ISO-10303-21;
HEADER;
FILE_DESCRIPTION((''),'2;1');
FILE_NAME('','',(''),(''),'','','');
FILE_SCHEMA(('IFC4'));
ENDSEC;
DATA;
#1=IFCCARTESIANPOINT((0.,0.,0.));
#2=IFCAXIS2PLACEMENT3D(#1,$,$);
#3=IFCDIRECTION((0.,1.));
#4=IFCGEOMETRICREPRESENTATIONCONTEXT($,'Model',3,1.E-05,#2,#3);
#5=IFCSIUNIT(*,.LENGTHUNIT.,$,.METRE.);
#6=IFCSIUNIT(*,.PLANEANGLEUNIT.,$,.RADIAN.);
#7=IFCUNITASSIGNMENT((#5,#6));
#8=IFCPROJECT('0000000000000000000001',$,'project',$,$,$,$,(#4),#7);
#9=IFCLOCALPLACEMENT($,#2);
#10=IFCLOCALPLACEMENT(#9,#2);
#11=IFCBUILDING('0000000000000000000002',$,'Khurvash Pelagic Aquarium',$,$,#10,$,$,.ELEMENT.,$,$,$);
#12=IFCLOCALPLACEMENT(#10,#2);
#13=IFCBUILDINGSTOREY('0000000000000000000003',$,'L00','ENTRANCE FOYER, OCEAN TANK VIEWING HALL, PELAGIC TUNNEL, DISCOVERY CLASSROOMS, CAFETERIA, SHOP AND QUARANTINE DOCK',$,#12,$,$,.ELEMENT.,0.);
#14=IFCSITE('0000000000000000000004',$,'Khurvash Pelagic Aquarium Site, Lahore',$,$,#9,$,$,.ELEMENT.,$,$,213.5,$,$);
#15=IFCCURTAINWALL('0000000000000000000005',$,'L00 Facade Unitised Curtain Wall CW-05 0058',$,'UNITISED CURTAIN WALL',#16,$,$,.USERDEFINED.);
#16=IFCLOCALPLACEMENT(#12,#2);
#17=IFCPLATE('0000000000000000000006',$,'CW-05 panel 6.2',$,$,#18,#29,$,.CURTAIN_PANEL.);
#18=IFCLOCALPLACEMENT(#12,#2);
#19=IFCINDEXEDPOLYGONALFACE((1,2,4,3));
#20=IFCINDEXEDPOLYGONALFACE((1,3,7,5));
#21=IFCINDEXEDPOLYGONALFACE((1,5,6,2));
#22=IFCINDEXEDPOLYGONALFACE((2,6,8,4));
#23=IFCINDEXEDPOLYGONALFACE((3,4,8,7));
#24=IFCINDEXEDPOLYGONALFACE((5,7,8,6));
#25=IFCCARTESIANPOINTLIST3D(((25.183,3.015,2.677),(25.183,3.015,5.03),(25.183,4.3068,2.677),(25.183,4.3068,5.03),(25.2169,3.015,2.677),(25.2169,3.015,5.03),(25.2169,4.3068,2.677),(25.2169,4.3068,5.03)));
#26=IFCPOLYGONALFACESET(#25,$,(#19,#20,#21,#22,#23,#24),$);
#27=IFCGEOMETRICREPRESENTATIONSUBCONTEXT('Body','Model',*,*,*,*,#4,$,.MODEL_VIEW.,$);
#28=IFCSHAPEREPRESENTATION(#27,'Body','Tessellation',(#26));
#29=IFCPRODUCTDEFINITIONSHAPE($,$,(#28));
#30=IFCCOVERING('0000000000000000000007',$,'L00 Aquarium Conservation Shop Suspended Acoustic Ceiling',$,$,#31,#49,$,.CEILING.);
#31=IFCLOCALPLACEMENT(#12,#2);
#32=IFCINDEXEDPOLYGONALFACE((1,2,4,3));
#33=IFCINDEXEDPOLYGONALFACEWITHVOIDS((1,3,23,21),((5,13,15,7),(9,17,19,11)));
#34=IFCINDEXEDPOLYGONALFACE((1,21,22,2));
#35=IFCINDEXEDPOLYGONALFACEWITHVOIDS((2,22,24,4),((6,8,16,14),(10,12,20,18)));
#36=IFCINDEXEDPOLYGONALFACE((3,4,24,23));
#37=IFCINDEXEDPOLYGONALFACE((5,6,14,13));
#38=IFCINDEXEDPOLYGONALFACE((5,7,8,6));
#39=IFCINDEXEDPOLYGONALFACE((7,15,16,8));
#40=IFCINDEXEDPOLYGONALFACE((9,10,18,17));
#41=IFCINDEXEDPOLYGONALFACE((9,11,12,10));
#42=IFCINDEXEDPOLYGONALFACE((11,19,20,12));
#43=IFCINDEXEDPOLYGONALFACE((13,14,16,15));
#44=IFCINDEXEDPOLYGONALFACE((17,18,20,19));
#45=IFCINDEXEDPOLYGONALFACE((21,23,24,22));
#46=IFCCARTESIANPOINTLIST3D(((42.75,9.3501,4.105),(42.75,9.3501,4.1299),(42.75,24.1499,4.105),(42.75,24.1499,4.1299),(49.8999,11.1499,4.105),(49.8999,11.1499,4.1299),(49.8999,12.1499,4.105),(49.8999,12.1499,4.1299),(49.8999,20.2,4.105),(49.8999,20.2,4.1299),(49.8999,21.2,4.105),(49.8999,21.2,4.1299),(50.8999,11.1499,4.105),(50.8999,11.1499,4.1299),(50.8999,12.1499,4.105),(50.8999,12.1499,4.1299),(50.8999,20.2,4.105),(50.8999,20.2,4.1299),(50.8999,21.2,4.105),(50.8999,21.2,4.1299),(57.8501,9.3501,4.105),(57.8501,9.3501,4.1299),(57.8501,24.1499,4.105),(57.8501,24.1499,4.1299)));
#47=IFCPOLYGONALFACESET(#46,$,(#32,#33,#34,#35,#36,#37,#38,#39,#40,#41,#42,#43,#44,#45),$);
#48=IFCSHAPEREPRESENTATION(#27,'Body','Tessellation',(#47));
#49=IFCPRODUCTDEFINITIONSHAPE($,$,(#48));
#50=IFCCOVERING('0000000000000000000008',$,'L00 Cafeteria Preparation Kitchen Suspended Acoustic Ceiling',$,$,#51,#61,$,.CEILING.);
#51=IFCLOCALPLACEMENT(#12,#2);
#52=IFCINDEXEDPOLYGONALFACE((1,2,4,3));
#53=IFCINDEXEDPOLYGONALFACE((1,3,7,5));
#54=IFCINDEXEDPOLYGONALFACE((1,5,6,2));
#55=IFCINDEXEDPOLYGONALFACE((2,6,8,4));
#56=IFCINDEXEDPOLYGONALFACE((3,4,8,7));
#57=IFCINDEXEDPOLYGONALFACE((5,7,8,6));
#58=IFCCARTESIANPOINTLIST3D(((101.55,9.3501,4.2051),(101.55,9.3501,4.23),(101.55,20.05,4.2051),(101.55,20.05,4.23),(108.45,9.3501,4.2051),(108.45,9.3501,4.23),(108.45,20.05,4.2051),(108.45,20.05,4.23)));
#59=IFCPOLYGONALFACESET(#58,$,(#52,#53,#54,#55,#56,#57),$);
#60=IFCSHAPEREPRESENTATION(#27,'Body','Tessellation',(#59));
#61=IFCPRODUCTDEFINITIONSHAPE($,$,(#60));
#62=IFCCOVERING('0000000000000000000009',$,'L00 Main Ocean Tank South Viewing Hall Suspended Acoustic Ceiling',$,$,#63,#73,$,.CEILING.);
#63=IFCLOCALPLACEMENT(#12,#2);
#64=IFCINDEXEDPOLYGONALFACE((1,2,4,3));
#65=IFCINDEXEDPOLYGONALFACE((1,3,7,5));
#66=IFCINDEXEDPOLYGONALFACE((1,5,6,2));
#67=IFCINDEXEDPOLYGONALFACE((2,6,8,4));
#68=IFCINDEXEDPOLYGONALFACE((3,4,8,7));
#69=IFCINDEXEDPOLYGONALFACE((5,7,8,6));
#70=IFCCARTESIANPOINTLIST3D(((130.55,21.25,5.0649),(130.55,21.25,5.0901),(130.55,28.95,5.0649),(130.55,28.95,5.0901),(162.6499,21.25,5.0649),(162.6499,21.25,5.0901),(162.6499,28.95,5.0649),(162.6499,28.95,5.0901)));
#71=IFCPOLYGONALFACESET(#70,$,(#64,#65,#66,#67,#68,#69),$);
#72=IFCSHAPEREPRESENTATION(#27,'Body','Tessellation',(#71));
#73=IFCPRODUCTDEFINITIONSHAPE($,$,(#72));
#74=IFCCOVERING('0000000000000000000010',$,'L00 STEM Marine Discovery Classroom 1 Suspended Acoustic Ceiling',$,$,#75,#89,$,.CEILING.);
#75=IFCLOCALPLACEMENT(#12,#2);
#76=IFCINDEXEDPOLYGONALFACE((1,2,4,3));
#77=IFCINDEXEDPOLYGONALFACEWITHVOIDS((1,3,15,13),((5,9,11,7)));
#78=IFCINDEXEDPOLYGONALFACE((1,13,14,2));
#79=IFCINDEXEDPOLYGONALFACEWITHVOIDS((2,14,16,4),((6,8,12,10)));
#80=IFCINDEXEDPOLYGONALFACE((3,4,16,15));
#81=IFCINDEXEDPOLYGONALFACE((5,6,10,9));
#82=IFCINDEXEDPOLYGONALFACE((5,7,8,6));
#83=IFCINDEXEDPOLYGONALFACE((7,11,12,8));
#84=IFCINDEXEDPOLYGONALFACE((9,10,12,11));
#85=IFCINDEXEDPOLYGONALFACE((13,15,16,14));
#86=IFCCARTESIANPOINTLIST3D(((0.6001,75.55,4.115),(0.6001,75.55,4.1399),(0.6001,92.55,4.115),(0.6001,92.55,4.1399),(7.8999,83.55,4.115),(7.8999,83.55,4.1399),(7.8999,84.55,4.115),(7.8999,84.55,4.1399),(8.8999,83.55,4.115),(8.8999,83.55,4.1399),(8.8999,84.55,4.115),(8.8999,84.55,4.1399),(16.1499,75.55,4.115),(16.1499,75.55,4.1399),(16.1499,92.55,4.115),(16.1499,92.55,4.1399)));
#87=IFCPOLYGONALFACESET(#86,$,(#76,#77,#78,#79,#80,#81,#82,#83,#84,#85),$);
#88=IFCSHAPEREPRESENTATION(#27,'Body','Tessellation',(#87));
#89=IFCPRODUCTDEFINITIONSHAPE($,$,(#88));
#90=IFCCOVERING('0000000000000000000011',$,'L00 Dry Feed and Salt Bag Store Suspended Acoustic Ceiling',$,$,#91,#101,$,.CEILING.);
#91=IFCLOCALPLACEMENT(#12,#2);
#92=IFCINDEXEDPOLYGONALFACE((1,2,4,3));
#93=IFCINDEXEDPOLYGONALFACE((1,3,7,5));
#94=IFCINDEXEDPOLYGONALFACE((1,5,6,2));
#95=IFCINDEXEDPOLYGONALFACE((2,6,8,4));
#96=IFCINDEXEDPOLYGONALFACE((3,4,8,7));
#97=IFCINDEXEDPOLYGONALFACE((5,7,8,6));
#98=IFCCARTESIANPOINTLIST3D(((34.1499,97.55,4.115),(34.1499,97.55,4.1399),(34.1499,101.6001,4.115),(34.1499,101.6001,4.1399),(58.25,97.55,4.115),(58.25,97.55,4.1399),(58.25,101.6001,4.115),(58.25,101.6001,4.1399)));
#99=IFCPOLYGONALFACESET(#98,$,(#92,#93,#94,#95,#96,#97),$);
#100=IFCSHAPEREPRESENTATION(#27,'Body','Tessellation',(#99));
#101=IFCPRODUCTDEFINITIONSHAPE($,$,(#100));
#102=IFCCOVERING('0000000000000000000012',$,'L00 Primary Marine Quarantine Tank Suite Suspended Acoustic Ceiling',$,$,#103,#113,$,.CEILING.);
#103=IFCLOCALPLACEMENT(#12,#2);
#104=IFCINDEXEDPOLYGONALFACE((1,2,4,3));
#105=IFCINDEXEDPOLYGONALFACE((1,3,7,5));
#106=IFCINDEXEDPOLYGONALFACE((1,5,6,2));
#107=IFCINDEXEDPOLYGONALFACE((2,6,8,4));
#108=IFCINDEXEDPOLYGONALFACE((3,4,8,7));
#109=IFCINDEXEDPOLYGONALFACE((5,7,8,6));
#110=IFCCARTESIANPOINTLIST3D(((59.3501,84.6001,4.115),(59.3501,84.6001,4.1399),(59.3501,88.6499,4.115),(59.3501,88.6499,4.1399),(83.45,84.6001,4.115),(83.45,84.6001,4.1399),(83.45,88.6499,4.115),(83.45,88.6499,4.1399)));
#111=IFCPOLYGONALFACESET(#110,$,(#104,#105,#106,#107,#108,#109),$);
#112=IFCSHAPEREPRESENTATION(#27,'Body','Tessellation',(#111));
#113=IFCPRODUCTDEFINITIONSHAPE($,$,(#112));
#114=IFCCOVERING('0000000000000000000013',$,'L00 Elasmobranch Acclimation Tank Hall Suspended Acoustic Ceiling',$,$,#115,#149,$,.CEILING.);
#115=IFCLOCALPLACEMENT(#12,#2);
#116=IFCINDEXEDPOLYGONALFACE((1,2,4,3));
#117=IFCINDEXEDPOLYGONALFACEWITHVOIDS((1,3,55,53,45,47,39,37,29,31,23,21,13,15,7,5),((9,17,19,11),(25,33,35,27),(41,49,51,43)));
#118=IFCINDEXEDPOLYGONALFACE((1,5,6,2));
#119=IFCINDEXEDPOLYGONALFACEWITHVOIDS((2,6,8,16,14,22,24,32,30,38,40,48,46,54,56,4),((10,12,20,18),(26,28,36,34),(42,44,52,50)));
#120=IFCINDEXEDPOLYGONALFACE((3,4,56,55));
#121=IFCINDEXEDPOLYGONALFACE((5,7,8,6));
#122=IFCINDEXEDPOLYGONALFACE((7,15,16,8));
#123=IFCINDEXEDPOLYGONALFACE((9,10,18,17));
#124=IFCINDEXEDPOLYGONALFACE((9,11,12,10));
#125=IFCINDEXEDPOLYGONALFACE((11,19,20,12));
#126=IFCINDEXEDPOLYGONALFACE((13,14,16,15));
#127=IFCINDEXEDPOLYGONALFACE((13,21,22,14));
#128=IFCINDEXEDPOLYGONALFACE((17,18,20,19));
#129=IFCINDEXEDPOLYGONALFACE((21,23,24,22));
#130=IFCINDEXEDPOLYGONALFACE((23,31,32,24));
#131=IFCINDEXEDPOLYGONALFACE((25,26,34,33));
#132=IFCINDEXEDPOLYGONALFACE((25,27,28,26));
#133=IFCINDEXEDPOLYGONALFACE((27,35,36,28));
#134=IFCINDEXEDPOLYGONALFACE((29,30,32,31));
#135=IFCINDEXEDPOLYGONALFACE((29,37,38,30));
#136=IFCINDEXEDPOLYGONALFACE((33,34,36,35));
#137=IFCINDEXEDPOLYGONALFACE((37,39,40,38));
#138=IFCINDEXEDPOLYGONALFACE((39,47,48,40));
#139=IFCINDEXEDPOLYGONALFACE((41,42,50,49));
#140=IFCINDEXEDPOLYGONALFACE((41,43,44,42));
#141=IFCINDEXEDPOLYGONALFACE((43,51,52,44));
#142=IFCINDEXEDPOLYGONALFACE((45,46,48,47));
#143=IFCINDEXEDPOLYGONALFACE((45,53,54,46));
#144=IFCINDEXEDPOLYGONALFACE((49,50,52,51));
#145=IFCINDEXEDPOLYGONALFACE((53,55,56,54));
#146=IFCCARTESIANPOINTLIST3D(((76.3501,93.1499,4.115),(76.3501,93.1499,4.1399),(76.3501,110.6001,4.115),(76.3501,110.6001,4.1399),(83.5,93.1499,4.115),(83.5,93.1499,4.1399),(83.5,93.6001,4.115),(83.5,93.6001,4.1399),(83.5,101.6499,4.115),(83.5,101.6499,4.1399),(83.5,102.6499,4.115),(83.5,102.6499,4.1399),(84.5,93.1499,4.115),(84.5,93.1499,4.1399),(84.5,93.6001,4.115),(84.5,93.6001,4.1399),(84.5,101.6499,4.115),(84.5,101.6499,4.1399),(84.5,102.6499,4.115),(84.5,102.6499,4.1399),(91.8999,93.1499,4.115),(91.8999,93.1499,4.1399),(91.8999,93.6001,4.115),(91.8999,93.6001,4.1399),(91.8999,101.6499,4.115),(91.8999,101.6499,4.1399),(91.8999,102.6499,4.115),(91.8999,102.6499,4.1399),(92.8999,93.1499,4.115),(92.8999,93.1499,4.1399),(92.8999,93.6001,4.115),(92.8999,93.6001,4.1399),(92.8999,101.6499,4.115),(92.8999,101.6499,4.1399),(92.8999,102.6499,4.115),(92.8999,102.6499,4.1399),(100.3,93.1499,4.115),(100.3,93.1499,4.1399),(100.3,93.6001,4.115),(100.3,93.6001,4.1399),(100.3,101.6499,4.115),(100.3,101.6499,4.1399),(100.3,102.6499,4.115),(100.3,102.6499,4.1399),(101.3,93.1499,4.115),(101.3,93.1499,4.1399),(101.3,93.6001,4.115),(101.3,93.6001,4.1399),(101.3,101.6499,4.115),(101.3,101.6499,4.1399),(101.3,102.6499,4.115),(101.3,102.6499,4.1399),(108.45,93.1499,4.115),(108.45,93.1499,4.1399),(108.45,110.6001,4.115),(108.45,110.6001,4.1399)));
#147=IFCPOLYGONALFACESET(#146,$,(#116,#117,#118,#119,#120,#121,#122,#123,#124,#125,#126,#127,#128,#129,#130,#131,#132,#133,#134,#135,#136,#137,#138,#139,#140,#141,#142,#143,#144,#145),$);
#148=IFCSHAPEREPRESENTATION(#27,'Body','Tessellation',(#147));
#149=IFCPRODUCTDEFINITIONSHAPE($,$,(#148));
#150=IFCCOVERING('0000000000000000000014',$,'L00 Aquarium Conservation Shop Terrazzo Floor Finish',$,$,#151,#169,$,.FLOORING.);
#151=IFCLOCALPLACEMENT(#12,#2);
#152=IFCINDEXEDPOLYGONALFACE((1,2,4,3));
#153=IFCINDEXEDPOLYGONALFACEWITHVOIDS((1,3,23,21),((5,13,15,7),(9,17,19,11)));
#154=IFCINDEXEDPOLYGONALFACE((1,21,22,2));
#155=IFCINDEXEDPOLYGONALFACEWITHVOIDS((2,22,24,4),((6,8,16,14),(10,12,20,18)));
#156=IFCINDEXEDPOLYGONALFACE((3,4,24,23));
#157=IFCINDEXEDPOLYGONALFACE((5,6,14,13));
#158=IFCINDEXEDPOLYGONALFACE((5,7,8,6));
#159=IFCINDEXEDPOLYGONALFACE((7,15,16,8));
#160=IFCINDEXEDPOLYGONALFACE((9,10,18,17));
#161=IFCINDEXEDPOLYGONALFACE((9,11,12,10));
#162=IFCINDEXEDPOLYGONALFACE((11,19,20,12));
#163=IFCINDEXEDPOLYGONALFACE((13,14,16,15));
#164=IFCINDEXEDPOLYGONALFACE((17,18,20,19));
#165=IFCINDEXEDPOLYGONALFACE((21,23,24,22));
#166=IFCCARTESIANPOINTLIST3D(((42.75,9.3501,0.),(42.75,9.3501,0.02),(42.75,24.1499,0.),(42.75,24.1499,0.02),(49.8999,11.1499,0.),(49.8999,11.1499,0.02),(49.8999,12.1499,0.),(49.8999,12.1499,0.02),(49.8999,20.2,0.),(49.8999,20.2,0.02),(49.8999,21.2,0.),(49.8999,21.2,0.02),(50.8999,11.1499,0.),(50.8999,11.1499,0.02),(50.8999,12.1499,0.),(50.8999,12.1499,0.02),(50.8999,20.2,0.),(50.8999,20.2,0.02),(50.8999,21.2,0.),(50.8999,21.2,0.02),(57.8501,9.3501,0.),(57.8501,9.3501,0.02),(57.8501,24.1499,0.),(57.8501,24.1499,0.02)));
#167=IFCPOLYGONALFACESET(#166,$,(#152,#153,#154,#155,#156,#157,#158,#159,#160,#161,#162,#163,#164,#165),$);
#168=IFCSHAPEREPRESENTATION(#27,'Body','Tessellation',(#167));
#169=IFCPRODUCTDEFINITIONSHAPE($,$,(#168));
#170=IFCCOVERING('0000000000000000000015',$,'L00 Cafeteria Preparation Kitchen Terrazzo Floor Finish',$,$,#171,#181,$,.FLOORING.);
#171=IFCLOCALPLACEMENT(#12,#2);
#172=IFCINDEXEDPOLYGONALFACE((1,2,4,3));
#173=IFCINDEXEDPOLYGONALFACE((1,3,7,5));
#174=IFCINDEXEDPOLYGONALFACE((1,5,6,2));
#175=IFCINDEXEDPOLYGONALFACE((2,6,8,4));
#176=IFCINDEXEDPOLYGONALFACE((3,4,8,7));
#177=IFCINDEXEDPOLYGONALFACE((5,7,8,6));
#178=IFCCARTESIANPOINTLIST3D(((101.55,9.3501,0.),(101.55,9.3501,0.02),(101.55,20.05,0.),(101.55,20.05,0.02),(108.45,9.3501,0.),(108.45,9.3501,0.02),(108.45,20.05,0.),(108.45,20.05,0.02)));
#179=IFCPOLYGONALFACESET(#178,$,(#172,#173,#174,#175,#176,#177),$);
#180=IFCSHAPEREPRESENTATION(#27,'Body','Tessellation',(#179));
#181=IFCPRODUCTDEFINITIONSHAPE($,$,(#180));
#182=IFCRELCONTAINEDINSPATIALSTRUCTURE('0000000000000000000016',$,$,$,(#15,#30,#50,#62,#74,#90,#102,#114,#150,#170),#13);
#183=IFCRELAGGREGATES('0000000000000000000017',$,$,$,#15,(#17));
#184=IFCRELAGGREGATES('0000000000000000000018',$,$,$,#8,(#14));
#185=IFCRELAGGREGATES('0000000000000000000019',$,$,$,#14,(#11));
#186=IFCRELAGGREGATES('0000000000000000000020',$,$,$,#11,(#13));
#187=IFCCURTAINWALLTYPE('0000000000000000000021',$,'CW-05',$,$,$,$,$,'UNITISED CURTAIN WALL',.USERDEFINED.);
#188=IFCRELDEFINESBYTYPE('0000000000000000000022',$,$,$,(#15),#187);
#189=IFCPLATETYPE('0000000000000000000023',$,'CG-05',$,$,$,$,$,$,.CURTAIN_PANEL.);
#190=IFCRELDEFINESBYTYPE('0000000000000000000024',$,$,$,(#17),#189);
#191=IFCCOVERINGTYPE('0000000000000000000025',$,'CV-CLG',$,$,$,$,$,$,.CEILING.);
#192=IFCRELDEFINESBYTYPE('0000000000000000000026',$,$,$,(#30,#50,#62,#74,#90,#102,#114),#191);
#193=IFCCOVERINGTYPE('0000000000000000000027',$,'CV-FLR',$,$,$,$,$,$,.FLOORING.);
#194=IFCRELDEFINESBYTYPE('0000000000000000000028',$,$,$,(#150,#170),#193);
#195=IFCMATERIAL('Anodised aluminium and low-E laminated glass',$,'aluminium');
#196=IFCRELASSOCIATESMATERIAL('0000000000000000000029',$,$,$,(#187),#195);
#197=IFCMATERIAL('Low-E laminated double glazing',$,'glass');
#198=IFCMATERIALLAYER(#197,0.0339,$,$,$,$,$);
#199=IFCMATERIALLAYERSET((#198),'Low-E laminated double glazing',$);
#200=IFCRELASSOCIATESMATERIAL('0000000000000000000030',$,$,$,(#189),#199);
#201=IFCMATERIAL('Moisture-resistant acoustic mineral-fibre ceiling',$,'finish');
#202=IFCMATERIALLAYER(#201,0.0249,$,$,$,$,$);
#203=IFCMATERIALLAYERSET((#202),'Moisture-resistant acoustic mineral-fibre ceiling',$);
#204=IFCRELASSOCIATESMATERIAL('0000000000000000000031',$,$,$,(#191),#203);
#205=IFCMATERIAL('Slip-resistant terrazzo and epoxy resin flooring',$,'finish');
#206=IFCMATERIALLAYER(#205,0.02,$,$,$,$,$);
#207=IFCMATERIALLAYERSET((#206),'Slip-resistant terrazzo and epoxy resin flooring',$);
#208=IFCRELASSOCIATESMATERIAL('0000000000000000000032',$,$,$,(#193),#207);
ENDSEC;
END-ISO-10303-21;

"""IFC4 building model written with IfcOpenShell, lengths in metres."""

from ifc_helpers import new_model, si_unit, direction, frame, origin, origin_2d, place, context, subcontext, project, spatial, polyline, rectangle, outline, extrude, material, layer, layer_set, type_object, element, aggregate, save


model = new_model("IFC4")

# Units and contexts
model_context = context("Model", 3, precision=1e-05, world=origin(), true_north=direction((0.0, 1.0)))
body_context = subcontext(model_context, "Body", "Model", "MODEL_VIEW")
ifc_project = project(units=[si_unit("LENGTHUNIT", "METRE"), si_unit("PLANEANGLEUNIT", "RADIAN")], contexts=[model_context])

# Site, building, storey
site_placement = place(None, origin())
site = spatial("IfcSite", under=ifc_project, at=site_placement, Name="Khurvash Pelagic Aquarium Site, Lahore", CompositionType="ELEMENT", RefElevation=213.5)
building_placement = place(site_placement, origin())
building = spatial("IfcBuilding", under=site, at=building_placement, Name="Khurvash Pelagic Aquarium", CompositionType="ELEMENT")
storey_placement = place(building_placement, origin())
storey = spatial("IfcBuildingStorey", under=building, at=storey_placement, Name="L00", Description="ENTRANCE FOYER, OCEAN TANK VIEWING HALL, PELAGIC TUNNEL, DISCOVERY CLASSROOMS, CAFETERIA, SHOP AND QUARANTINE DOCK", CompositionType="ELEMENT", Elevation=0.0)

# Curtain wall
ifc_material_1 = material(Name="Anodised aluminium and low-E laminated glass", Category="aluminium")
curtain_wall_type = type_object("IfcCurtainWallType", Name="CW-05", ElementType="UNITISED CURTAIN WALL", PredefinedType="USERDEFINED", material=ifc_material_1)
curtain_wall_placement = place(storey_placement, origin())
curtain_wall = element("IfcCurtainWall", 1, at=curtain_wall_placement, inside=storey, type_object=curtain_wall_type, Name="L00 Facade Unitised Curtain Wall CW-05 0058", ObjectType="UNITISED CURTAIN WALL", PredefinedType="USERDEFINED")

# Plate
ifc_material_2 = material(Name="Low-E laminated double glazing", Category="glass")
ifc_layer_1 = layer(ifc_material_2, 0.0339)
ifc_layer_set_1 = layer_set([ifc_layer_1], Name="Low-E laminated double glazing")
plate_type = type_object("IfcPlateType", Name="CG-05", PredefinedType="CURTAIN_PANEL", material=ifc_layer_set_1)
plate_1_placement = place(storey_placement, frame((25.2, 3.6609, 2.677), z_axis=(0.0, 0.0, 1.0), x_axis=(0.0, -1.0, 0.0)))
plate_1 = element("IfcPlate", 2, at=plate_1_placement, type_object=plate_type, Name="CW-05 panel 6.2", PredefinedType="CURTAIN_PANEL", context=body_context, shape_type="SweptSolid", body=[
    extrude(rectangle(XDim=1.2917, YDim=0.0339, at=origin_2d()), origin(), (0.0, 0.0, 1.0), 2.353),
])
aggregate(curtain_wall, [plate_1])

# Coverings
ifc_material_3 = material(Name="Moisture-resistant acoustic mineral-fibre ceiling", Category="finish")
ifc_layer_2 = layer(ifc_material_3, 0.0249)
ifc_layer_set_2 = layer_set([ifc_layer_2], Name="Moisture-resistant acoustic mineral-fibre ceiling")
covering_type_1 = type_object("IfcCoveringType", Name="CV-CLG", PredefinedType="CEILING", material=ifc_layer_set_2)
covering_1_placement = place(storey_placement, frame((0.0, 0.0, 4.105)))
element("IfcCovering", 3, at=covering_1_placement, inside=storey, type_object=covering_type_1, Name="L00 Aquarium Conservation Shop Suspended Acoustic Ceiling", PredefinedType="CEILING", context=body_context, shape_type="SweptSolid", body=[
    extrude(outline(polyline([(42.75, 24.1499), (42.75, 9.3501), (57.8501, 9.3501), (57.8501, 24.1499), (42.75, 24.1499)]), holes=[polyline([(50.8999, 12.1499), (50.8999, 11.1499), (49.8999, 11.1499), (49.8999, 12.1499), (50.8999, 12.1499)]), polyline([(50.8999, 20.2), (49.8999, 20.2), (49.8999, 21.2), (50.8999, 21.2), (50.8999, 20.2)])]), origin(), (0.0, 0.0, 1.0), 0.0249),
])
covering_2_placement = place(storey_placement, frame((0.0, 0.0, 4.2051)))
element("IfcCovering", 4, at=covering_2_placement, inside=storey, type_object=covering_type_1, Name="L00 Cafeteria Preparation Kitchen Suspended Acoustic Ceiling", PredefinedType="CEILING", context=body_context, shape_type="SweptSolid", body=[
    extrude(outline(polyline([(108.45, 9.3501), (108.45, 20.05), (101.55, 20.05), (101.55, 9.3501), (108.45, 9.3501)])), origin(), (0.0, 0.0, 1.0), 0.0249),
])
covering_3_placement = place(storey_placement, frame((0.0, 0.0, 5.0649)))
element("IfcCovering", 5, at=covering_3_placement, inside=storey, type_object=covering_type_1, Name="L00 Main Ocean Tank South Viewing Hall Suspended Acoustic Ceiling", PredefinedType="CEILING", context=body_context, shape_type="SweptSolid", body=[
    extrude(outline(polyline([(162.6499, 21.25), (162.6499, 28.95), (130.55, 28.95), (130.55, 21.25), (162.6499, 21.25)])), origin(), (0.0, 0.0, 1.0), 0.0251),
])
covering_4_placement = place(storey_placement, frame((0.0, 0.0, 4.115)))
element("IfcCovering", 6, at=covering_4_placement, inside=storey, type_object=covering_type_1, Name="L00 STEM Marine Discovery Classroom 1 Suspended Acoustic Ceiling", PredefinedType="CEILING", context=body_context, shape_type="SweptSolid", body=[
    extrude(outline(polyline([(0.6001, 75.55), (16.1499, 75.55), (16.1499, 92.55), (0.6001, 92.55), (0.6001, 75.55)]), holes=[polyline([(8.8999, 83.55), (7.8999, 83.55), (7.8999, 84.55), (8.8999, 84.55), (8.8999, 83.55)])]), origin(), (0.0, 0.0, 1.0), 0.0249),
])
covering_5_placement = place(storey_placement, frame((0.0, 0.0, 4.115)))
element("IfcCovering", 7, at=covering_5_placement, inside=storey, type_object=covering_type_1, Name="L00 Dry Feed and Salt Bag Store Suspended Acoustic Ceiling", PredefinedType="CEILING", context=body_context, shape_type="SweptSolid", body=[
    extrude(outline(polyline([(58.25, 97.55), (58.25, 101.6001), (34.1499, 101.6001), (34.1499, 97.55), (58.25, 97.55)])), origin(), (0.0, 0.0, 1.0), 0.0249),
])
covering_6_placement = place(storey_placement, frame((0.0, 0.0, 4.115)))
element("IfcCovering", 8, at=covering_6_placement, inside=storey, type_object=covering_type_1, Name="L00 Primary Marine Quarantine Tank Suite Suspended Acoustic Ceiling", PredefinedType="CEILING", context=body_context, shape_type="SweptSolid", body=[
    extrude(outline(polyline([(83.45, 84.6001), (83.45, 88.6499), (59.3501, 88.6499), (59.3501, 84.6001), (83.45, 84.6001)])), origin(), (0.0, 0.0, 1.0), 0.0249),
])
covering_7_placement = place(storey_placement, frame((0.0, 0.0, 4.115)))
element("IfcCovering", 9, at=covering_7_placement, inside=storey, type_object=covering_type_1, Name="L00 Elasmobranch Acclimation Tank Hall Suspended Acoustic Ceiling", PredefinedType="CEILING", context=body_context, shape_type="SweptSolid", body=[
    extrude(outline(polyline([(92.8999, 93.6001), (92.8999, 93.1499), (100.3, 93.1499), (100.3, 93.6001), (101.3, 93.6001), (101.3, 93.1499), (108.45, 93.1499), (108.45, 110.6001), (76.3501, 110.6001), (76.3501, 93.1499), (83.5, 93.1499), (83.5, 93.6001), (84.5, 93.6001), (84.5, 93.1499), (91.8999, 93.1499), (91.8999, 93.6001), (92.8999, 93.6001)]), holes=[polyline([(84.5, 101.6499), (83.5, 101.6499), (83.5, 102.6499), (84.5, 102.6499), (84.5, 101.6499)]), polyline([(91.8999, 102.6499), (92.8999, 102.6499), (92.8999, 101.6499), (91.8999, 101.6499), (91.8999, 102.6499)]), polyline([(101.3, 101.6499), (100.3, 101.6499), (100.3, 102.6499), (101.3, 102.6499), (101.3, 101.6499)])]), origin(), (0.0, 0.0, 1.0), 0.0249),
])
ifc_material_4 = material(Name="Slip-resistant terrazzo and epoxy resin flooring", Category="finish")
ifc_layer_3 = layer(ifc_material_4, 0.02)
ifc_layer_set_3 = layer_set([ifc_layer_3], Name="Slip-resistant terrazzo and epoxy resin flooring")
covering_type_2 = type_object("IfcCoveringType", Name="CV-FLR", PredefinedType="FLOORING", material=ifc_layer_set_3)
covering_8_placement = place(storey_placement, origin())
element("IfcCovering", 10, at=covering_8_placement, inside=storey, type_object=covering_type_2, Name="L00 Aquarium Conservation Shop Terrazzo Floor Finish", PredefinedType="FLOORING", context=body_context, shape_type="SweptSolid", body=[
    extrude(outline(polyline([(42.75, 24.1499), (42.75, 9.3501), (57.8501, 9.3501), (57.8501, 24.1499), (42.75, 24.1499)]), holes=[polyline([(50.8999, 12.1499), (50.8999, 11.1499), (49.8999, 11.1499), (49.8999, 12.1499), (50.8999, 12.1499)]), polyline([(50.8999, 20.2), (49.8999, 20.2), (49.8999, 21.2), (50.8999, 21.2), (50.8999, 20.2)])]), origin(), (0.0, 0.0, 1.0), 0.02),
])
covering_9_placement = place(storey_placement, origin())
element("IfcCovering", 11, at=covering_9_placement, inside=storey, type_object=covering_type_2, Name="L00 Cafeteria Preparation Kitchen Terrazzo Floor Finish", PredefinedType="FLOORING", context=body_context, shape_type="SweptSolid", body=[
    extrude(outline(polyline([(108.45, 9.3501), (108.45, 20.05), (101.55, 20.05), (101.55, 9.3501), (108.45, 9.3501)])), origin(), (0.0, 0.0, 1.0), 0.02),
])

save(model, "model.ifc")
